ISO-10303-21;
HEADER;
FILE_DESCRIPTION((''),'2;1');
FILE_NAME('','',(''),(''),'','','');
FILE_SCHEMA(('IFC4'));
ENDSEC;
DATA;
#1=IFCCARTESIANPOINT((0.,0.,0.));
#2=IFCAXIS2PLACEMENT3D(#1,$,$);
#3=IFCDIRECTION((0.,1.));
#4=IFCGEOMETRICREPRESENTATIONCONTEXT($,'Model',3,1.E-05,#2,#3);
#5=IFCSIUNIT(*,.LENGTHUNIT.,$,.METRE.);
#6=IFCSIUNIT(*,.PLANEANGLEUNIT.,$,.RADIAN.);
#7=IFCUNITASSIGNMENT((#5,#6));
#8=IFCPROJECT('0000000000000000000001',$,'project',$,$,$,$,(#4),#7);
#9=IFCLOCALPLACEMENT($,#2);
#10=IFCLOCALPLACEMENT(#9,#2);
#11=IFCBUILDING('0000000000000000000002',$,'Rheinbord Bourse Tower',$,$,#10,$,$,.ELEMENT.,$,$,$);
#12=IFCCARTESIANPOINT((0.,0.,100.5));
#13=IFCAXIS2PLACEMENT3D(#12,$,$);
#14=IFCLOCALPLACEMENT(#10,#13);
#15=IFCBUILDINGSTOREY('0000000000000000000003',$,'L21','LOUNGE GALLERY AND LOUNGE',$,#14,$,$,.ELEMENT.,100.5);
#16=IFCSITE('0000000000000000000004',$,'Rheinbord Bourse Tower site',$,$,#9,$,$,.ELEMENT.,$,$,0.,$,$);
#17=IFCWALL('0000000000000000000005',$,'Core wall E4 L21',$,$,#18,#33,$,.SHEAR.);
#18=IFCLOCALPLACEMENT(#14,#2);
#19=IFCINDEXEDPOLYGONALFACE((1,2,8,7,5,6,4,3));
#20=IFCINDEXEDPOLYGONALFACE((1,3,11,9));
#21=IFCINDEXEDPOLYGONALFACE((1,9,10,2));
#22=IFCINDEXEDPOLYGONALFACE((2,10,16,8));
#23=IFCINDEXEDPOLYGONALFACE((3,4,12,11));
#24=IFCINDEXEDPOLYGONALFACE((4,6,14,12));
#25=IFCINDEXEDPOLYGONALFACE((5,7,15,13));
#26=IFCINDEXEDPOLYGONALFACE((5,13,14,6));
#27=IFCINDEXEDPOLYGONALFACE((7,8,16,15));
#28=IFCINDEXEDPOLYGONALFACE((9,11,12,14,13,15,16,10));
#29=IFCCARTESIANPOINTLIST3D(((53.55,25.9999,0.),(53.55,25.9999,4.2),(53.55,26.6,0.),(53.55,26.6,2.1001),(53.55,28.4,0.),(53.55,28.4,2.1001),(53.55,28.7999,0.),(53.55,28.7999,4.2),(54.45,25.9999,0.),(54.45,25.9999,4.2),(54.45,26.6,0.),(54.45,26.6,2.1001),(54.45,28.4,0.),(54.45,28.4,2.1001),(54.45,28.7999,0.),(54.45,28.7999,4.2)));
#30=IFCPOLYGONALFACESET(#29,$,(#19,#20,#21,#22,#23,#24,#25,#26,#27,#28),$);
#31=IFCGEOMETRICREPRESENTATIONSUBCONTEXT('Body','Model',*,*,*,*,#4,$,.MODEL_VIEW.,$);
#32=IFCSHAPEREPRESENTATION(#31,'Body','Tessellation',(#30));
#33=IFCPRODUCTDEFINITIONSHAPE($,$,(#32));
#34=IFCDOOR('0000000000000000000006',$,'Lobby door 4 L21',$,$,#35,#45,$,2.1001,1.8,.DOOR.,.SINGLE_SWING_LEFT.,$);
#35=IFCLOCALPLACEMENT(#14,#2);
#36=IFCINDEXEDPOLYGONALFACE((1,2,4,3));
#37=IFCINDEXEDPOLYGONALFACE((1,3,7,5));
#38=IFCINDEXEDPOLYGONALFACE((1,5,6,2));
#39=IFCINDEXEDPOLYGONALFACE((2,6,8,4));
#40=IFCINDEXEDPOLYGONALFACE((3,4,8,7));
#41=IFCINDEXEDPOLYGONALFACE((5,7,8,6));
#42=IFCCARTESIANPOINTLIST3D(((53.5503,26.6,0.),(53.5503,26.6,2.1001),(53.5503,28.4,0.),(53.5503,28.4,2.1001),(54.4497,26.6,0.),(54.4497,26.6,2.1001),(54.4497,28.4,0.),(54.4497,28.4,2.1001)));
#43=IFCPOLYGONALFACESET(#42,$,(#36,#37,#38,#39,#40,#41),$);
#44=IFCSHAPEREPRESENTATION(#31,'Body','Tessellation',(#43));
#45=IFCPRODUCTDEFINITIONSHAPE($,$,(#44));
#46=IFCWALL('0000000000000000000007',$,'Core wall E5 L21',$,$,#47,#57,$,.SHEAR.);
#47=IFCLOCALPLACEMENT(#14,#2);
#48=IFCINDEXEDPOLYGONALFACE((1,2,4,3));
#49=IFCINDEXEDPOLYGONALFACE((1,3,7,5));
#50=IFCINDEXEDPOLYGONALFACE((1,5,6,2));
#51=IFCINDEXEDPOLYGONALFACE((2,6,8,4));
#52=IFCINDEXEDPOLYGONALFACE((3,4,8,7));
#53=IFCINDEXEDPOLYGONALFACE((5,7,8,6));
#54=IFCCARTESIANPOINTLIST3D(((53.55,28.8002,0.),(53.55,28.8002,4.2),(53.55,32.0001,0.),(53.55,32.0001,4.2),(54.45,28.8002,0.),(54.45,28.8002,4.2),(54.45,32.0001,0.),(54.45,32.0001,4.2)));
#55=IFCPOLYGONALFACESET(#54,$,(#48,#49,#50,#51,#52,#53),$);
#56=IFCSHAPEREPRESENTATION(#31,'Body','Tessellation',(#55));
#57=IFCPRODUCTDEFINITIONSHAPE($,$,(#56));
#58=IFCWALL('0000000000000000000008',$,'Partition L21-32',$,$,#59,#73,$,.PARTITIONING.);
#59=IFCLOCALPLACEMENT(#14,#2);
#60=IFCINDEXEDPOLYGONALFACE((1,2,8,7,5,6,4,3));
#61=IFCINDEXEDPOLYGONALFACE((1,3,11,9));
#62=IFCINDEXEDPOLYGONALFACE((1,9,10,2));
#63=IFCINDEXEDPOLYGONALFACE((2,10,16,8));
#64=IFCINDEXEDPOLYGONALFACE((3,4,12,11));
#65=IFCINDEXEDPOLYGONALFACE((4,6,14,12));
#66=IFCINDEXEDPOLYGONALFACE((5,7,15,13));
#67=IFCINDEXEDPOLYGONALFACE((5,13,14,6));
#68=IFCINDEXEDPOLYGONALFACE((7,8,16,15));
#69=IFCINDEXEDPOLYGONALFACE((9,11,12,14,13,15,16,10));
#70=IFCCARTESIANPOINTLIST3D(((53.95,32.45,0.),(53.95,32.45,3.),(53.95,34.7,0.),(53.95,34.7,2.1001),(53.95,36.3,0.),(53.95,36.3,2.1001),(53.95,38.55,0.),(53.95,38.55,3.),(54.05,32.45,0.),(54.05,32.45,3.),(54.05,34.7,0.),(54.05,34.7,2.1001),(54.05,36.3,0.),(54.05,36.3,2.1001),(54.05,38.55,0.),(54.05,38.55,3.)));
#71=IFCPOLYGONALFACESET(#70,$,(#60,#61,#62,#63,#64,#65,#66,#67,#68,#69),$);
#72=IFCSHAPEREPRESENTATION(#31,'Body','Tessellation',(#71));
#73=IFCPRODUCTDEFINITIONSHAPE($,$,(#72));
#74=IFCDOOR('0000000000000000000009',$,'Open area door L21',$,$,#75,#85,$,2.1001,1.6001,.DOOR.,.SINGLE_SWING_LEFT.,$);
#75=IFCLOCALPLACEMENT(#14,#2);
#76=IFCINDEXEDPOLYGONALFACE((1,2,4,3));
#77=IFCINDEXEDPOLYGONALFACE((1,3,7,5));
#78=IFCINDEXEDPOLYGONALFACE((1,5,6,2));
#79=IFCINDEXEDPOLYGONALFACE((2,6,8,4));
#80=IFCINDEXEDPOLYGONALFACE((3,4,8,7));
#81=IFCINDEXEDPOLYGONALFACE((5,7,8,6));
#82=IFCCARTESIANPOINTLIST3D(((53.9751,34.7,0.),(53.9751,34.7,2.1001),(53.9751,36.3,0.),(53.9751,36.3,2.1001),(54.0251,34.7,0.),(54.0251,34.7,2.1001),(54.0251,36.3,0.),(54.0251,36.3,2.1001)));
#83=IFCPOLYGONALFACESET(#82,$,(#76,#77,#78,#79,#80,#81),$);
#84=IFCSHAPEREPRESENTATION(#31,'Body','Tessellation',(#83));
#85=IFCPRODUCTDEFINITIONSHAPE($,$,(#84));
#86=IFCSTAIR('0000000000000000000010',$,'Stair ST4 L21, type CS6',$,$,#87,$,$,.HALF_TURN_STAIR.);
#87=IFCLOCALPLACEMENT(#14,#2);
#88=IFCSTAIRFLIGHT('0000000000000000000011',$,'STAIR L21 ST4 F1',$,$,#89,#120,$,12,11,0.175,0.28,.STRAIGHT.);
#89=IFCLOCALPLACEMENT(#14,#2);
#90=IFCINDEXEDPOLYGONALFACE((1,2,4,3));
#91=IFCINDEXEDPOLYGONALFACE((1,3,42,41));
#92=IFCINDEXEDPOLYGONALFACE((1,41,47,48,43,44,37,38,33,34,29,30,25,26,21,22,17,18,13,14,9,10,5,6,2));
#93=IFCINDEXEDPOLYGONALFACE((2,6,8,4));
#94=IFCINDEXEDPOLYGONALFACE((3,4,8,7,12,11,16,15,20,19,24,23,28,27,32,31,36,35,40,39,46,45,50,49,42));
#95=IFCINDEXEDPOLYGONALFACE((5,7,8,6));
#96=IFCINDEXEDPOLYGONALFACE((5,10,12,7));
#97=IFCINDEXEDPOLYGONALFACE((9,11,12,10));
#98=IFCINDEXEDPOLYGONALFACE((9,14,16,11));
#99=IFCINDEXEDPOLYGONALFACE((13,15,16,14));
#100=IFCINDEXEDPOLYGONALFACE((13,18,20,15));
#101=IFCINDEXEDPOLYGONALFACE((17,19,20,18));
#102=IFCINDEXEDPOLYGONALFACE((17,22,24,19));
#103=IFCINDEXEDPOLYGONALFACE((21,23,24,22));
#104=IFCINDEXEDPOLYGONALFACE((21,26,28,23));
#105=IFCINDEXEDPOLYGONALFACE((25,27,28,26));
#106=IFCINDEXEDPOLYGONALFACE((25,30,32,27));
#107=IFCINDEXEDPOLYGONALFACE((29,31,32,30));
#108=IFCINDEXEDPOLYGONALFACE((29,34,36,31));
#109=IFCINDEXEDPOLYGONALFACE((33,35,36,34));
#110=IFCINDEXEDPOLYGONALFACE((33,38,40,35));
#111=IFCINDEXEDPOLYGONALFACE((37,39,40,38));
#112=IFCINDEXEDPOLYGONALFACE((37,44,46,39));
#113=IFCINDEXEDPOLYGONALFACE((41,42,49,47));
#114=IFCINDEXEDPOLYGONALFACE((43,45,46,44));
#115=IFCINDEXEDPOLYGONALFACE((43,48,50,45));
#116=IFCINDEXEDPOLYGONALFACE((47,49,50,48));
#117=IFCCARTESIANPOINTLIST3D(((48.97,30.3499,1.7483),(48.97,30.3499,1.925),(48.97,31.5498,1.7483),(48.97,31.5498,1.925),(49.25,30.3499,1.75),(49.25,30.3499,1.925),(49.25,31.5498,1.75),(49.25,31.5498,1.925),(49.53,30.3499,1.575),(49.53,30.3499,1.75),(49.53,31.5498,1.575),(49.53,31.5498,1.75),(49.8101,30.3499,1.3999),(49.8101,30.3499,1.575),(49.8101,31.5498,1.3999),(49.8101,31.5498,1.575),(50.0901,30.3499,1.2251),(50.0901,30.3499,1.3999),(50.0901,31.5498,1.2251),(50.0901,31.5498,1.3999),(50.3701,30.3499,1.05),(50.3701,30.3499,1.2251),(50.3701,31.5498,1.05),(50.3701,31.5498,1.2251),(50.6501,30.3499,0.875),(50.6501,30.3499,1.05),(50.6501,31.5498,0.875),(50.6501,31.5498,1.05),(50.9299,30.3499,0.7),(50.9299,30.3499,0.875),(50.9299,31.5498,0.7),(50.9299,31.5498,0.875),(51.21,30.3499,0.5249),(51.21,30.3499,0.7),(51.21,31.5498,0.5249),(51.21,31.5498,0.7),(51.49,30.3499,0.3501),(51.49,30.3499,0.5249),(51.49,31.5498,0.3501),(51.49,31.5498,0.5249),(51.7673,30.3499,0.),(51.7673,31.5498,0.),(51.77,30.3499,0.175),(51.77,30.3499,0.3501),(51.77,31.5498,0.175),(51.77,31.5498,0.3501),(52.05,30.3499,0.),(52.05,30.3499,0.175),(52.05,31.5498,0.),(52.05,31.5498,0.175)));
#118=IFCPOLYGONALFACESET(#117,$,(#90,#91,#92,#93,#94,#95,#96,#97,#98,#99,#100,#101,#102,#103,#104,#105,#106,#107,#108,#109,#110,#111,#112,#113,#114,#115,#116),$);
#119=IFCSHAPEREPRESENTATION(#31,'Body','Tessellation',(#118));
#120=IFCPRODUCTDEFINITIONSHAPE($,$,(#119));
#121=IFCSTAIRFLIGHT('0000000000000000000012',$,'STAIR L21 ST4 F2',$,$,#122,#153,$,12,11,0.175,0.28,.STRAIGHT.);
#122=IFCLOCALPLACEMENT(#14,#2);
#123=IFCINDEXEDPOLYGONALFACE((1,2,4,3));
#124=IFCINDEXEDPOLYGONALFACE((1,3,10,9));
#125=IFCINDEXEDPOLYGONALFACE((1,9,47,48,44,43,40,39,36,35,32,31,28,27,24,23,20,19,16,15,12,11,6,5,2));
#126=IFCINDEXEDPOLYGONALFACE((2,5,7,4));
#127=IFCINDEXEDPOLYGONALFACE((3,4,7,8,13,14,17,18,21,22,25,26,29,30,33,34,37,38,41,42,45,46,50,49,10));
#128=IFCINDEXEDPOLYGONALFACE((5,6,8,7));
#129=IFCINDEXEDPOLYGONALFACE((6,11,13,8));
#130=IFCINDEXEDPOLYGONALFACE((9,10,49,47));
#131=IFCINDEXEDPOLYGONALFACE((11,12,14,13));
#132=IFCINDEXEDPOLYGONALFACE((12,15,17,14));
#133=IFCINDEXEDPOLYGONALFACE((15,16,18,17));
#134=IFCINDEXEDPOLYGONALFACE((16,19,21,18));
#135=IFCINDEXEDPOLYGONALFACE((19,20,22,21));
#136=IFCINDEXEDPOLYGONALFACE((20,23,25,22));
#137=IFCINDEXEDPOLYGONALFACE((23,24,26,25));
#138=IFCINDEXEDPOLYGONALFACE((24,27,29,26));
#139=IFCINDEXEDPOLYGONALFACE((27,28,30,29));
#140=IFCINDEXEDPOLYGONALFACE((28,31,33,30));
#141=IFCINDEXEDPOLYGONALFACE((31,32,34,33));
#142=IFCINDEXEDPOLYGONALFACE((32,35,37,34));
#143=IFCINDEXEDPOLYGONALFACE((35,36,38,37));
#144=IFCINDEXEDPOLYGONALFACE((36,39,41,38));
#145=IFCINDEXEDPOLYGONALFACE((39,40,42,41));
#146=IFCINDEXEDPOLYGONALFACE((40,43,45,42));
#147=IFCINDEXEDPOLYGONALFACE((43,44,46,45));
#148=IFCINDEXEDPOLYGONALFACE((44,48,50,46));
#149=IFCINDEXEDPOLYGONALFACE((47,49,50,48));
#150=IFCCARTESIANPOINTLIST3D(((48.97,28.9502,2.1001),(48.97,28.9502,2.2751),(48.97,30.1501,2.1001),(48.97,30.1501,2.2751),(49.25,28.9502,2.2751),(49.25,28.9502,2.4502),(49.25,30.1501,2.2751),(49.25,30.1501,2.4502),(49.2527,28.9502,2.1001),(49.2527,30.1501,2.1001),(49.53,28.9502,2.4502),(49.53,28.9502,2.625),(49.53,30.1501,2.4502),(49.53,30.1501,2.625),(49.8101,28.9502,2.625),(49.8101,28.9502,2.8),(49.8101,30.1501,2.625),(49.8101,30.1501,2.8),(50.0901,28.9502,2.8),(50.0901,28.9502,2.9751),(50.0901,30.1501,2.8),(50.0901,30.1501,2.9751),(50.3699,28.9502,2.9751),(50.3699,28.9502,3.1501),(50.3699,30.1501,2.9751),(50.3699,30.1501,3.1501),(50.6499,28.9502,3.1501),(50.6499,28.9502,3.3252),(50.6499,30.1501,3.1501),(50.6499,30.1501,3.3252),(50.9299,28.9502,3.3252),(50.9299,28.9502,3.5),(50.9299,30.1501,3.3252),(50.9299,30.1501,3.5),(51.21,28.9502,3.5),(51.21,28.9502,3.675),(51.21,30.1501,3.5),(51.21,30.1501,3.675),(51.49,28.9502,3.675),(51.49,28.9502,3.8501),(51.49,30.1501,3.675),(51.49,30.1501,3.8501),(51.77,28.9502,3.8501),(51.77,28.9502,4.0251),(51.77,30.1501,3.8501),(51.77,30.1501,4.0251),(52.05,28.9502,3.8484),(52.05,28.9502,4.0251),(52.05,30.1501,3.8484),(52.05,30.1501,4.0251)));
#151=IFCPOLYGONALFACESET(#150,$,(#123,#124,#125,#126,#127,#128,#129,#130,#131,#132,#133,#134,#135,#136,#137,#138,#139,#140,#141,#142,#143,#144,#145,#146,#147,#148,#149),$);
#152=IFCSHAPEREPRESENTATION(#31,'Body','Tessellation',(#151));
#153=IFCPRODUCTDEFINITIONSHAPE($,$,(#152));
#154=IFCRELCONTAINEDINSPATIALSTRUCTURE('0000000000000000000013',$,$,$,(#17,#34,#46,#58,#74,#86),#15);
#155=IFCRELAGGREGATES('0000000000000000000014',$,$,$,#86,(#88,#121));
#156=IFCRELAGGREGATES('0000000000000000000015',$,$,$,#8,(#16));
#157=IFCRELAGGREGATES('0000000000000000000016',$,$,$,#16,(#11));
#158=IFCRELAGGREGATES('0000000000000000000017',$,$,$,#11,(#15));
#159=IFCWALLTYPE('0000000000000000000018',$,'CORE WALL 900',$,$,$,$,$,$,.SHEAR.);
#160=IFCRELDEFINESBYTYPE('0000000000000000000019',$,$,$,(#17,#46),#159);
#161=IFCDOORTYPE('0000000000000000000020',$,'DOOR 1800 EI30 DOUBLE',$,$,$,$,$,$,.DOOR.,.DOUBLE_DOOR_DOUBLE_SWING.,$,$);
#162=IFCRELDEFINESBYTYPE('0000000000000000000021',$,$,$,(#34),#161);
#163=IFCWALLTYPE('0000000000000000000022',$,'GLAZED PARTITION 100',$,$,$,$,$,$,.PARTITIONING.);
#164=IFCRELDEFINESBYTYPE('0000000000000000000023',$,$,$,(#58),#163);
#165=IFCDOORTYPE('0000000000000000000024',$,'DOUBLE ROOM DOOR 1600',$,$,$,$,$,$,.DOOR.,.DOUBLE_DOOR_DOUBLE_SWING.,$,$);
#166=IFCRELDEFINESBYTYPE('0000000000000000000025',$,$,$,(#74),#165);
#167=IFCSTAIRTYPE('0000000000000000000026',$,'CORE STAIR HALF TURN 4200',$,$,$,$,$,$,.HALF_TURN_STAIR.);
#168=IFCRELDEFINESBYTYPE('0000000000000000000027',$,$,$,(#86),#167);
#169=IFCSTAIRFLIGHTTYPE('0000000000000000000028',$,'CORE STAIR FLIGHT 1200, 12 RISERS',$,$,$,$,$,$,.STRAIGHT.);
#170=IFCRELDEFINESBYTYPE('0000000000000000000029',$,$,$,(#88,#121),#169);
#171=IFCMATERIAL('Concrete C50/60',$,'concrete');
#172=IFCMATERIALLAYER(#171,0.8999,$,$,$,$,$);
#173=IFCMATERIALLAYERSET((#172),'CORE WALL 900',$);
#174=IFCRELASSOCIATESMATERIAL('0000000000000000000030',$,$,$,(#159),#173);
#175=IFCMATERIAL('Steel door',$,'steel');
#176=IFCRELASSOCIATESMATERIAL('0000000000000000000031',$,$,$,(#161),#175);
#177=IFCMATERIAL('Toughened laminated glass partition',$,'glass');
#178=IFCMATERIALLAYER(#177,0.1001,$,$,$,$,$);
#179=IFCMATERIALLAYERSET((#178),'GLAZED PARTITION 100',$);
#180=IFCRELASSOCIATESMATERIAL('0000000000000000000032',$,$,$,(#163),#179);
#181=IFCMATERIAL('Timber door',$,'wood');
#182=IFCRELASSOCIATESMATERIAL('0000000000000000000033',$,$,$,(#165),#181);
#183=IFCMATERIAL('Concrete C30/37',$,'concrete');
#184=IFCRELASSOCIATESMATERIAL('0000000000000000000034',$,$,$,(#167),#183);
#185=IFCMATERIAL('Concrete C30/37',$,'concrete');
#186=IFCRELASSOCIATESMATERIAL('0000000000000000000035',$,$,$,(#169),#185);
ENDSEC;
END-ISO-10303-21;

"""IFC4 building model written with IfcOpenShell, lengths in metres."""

from ifc_helpers import new_model, si_unit, direction, frame, frame_2d, origin, place, context, subcontext, project, spatial, polyline, rectangle, outline, extrude, material, layer, layer_set, type_object, element, fill, aggregate, save


model = new_model("IFC4")

# Units and contexts
model_context = context("Model", 3, precision=1e-05, world=origin(), true_north=direction((0.0, 1.0)))
body_context = subcontext(model_context, "Body", "Model", "MODEL_VIEW")
ifc_project = project(units=[si_unit("LENGTHUNIT", "METRE"), si_unit("PLANEANGLEUNIT", "RADIAN")], contexts=[model_context])

# Site, building, storey
site_placement = place(None, origin())
site = spatial("IfcSite", under=ifc_project, at=site_placement, Name="Rheinbord Bourse Tower site", CompositionType="ELEMENT", RefElevation=0.0)
building_placement = place(site_placement, origin())
building = spatial("IfcBuilding", under=site, at=building_placement, Name="Rheinbord Bourse Tower", CompositionType="ELEMENT")
storey_placement = place(building_placement, frame((0.0, 0.0, 100.5)))
storey = spatial("IfcBuildingStorey", under=building, at=storey_placement, Name="L21", Description="LOUNGE GALLERY AND LOUNGE", CompositionType="ELEMENT", Elevation=100.5)

# Shared definitions
ifc_material_1 = material(Name="Concrete C50/60", Category="concrete")
ifc_layer_1 = layer(ifc_material_1, 0.8999)
ifc_layer_set_1 = layer_set([ifc_layer_1], Name="CORE WALL 900")
wall_type_1 = type_object("IfcWallType", Name="CORE WALL 900", PredefinedType="SHEAR", material=ifc_layer_set_1)

# Wall, opening, door
wall_1_placement = place(storey_placement, frame((54.0, 26.0, 0.0), z_axis=(0.0, 0.0, 1.0), x_axis=(0.0, 1.0, 0.0)))
wall_1 = element("IfcWall", 1, at=wall_1_placement, inside=storey, type_object=wall_type_1, Name="Core wall E4 L21", PredefinedType="SHEAR", context=body_context, shape_type="SweptSolid", body=[
    extrude(rectangle(XDim=2.8, YDim=0.8999, at=frame_2d((1.3999, 0.0))), origin(), (0.0, 0.0, 1.0), 4.2),
])
opening_1_placement = place(wall_1_placement, frame((0.6001, 0.0, 0.0)))
opening_1 = element("IfcOpeningElement", 2, at=opening_1_placement, cuts=wall_1, PredefinedType="OPENING", context=body_context, shape_type="SweptSolid", body=[
    extrude(rectangle(XDim=1.8, YDim=2.1001, at=frame_2d((0.8999, 1.05))), frame((0.0, 0.46, 0.0), z_axis=(0.0, -1.0, 0.0), x_axis=(1.0, 0.0, 0.0)), (0.0, 0.0, 1.0), 0.9199),
])
ifc_material_2 = material(Name="Steel door", Category="steel")
door_type_1 = type_object("IfcDoorType", Name="DOOR 1800 EI30 DOUBLE", OperationType="DOUBLE_DOOR_DOUBLE_SWING", PredefinedType="DOOR", material=ifc_material_2)
door_1_placement = place(opening_1_placement, origin())
door_1 = element("IfcDoor", 3, at=door_1_placement, inside=storey, type_object=door_type_1, Name="Lobby door 4 L21", OperationType="SINGLE_SWING_LEFT", OverallHeight=2.1001, OverallWidth=1.8, PredefinedType="DOOR", context=body_context, shape_type="SweptSolid", body=[
    extrude(rectangle(XDim=1.8, YDim=2.1001, at=frame_2d((0.8999, 1.05))), frame((0.0, 0.4497, 0.0), z_axis=(0.0, -1.0, 0.0), x_axis=(1.0, 0.0, 0.0)), (0.0, 0.0, 1.0), 0.8994),
])
fill(opening_1, door_1)

# Wall
wall_2_placement = place(storey_placement, frame((54.0, 28.8, 0.0), z_axis=(0.0, 0.0, 1.0), x_axis=(0.0, 1.0, 0.0)))
element("IfcWall", 4, at=wall_2_placement, inside=storey, type_object=wall_type_1, Name="Core wall E5 L21", PredefinedType="SHEAR", context=body_context, shape_type="SweptSolid", body=[
    extrude(rectangle(XDim=3.2, YDim=0.8999, at=frame_2d((1.6001, 0.0))), origin(), (0.0, 0.0, 1.0), 4.2),
])

# Wall, opening, door
ifc_material_3 = material(Name="Toughened laminated glass partition", Category="glass")
ifc_layer_2 = layer(ifc_material_3, 0.1001)
ifc_layer_set_2 = layer_set([ifc_layer_2], Name="GLAZED PARTITION 100")
wall_type_2 = type_object("IfcWallType", Name="GLAZED PARTITION 100", PredefinedType="PARTITIONING", material=ifc_layer_set_2)
wall_3_placement = place(storey_placement, frame((54.0, 32.45, 0.0), z_axis=(0.0, 0.0, 1.0), x_axis=(0.0, 1.0, 0.0)))
wall_3 = element("IfcWall", 5, at=wall_3_placement, inside=storey, type_object=wall_type_2, Name="Partition L21-32", PredefinedType="PARTITIONING", context=body_context, shape_type="SweptSolid", body=[
    extrude(rectangle(XDim=6.1001, YDim=0.1001, at=frame_2d((3.05, 0.0))), origin(), (0.0, 0.0, 1.0), 3.0),
])
opening_2_placement = place(wall_3_placement, frame((2.25, 0.0, 0.0)))
opening_2 = element("IfcOpeningElement", 6, at=opening_2_placement, cuts=wall_3, PredefinedType="OPENING", context=body_context, shape_type="SweptSolid", body=[
    extrude(rectangle(XDim=1.6001, YDim=2.1001, at=frame_2d((0.8, 1.05))), frame((0.0, 0.0601, 0.0), z_axis=(0.0, -1.0, 0.0), x_axis=(1.0, 0.0, 0.0)), (0.0, 0.0, 1.0), 0.1201),
])
ifc_material_4 = material(Name="Timber door", Category="wood")
door_type_2 = type_object("IfcDoorType", Name="DOUBLE ROOM DOOR 1600", OperationType="DOUBLE_DOOR_DOUBLE_SWING", PredefinedType="DOOR", material=ifc_material_4)
door_2_placement = place(opening_2_placement, origin())
door_2 = element("IfcDoor", 7, at=door_2_placement, inside=storey, type_object=door_type_2, Name="Open area door L21", OperationType="SINGLE_SWING_LEFT", OverallHeight=2.1001, OverallWidth=1.6001, PredefinedType="DOOR", context=body_context, shape_type="SweptSolid", body=[
    extrude(rectangle(XDim=1.6001, YDim=2.1001, at=frame_2d((0.8, 1.05))), frame((0.0, 0.0249, 0.0), z_axis=(0.0, -1.0, 0.0), x_axis=(1.0, 0.0, 0.0)), (0.0, 0.0, 1.0), 0.05),
])
fill(opening_2, door_2)

# Stair, stair flights
ifc_material_5 = material(Name="Concrete C30/37", Category="concrete")
stair_type = type_object("IfcStairType", Name="CORE STAIR HALF TURN 4200", PredefinedType="HALF_TURN_STAIR", material=ifc_material_5)
stair_placement = place(storey_placement, origin())
stair = element("IfcStair", 8, at=stair_placement, inside=storey, type_object=stair_type, Name="Stair ST4 L21, type CS6", PredefinedType="HALF_TURN_STAIR")
ifc_material_6 = material(Name="Concrete C30/37", Category="concrete")
stair_flight_type = type_object("IfcStairFlightType", Name="CORE STAIR FLIGHT 1200, 12 RISERS", PredefinedType="STRAIGHT", material=ifc_material_6)
stair_flight_1_placement = place(storey_placement, frame((52.05, 30.95, 0.0), z_axis=(0.0, 0.0, 1.0), x_axis=(-1.0, 0.0, 0.0)))
stair_flight_1 = element("IfcStairFlight", 9, at=stair_flight_1_placement, type_object=stair_flight_type, Name="STAIR L21 ST4 F1", NumberOfRisers=12, NumberOfTreads=11, PredefinedType="STRAIGHT", RiserHeight=0.175, TreadLength=0.28, context=body_context, shape_type="SweptSolid", body=[
    extrude(outline(polyline([(0.0, 0.0), (0.0, 0.175), (0.28, 0.175), (0.28, 0.3501), (0.5601, 0.3501), (0.5601, 0.5249), (0.8401, 0.5249), (0.8401, 0.7), (1.1201, 0.7), (1.1201, 0.875), (1.3999, 0.875), (1.3999, 1.05), (1.6799, 1.05), (1.6799, 1.2251), (1.96, 1.2251), (1.96, 1.3999), (2.24, 1.3999), (2.24, 1.575), (2.52, 1.575), (2.52, 1.75), (2.8, 1.75), (2.8, 1.925), (3.0801, 1.925), (3.0801, 2.1001), (3.0801, 1.7483), (0.2827, 0.0), (0.0, 0.0)])), frame((0.0, 0.6001, 0.0), z_axis=(0.0, -1.0, 0.0), x_axis=(1.0, 0.0, 0.0)), (0.0, 0.0, 1.0), 1.2),
])
stair_flight_2_placement = place(storey_placement, frame((48.97, 29.55, 2.1001), z_axis=(0.0, 0.0, 1.0), x_axis=(1.0, 0.0, 0.0)))
stair_flight_2 = element("IfcStairFlight", 10, at=stair_flight_2_placement, type_object=stair_flight_type, Name="STAIR L21 ST4 F2", NumberOfRisers=12, NumberOfTreads=11, PredefinedType="STRAIGHT", RiserHeight=0.175, TreadLength=0.28, context=body_context, shape_type="SweptSolid", body=[
    extrude(outline(polyline([(0.0, 0.0), (0.0, 0.175), (0.28, 0.175), (0.28, 0.3501), (0.5601, 0.3501), (0.5601, 0.5249), (0.8401, 0.5249), (0.8401, 0.7), (1.1201, 0.7), (1.1201, 0.875), (1.3999, 0.875), (1.3999, 1.05), (1.6799, 1.05), (1.6799, 1.2251), (1.96, 1.2251), (1.96, 1.3999), (2.24, 1.3999), (2.24, 1.575), (2.52, 1.575), (2.52, 1.75), (2.8, 1.75), (2.8, 1.925), (3.0801, 1.925), (3.0801, 2.1001), (3.0801, 1.7483), (0.2827, 0.0), (0.0, 0.0)])), frame((0.0, 0.6001, 0.0), z_axis=(0.0, -1.0, 0.0), x_axis=(1.0, 0.0, 0.0)), (0.0, 0.0, 1.0), 1.2),
])
aggregate(stair, [stair_flight_1, stair_flight_2])

save(model, "model.ifc")
